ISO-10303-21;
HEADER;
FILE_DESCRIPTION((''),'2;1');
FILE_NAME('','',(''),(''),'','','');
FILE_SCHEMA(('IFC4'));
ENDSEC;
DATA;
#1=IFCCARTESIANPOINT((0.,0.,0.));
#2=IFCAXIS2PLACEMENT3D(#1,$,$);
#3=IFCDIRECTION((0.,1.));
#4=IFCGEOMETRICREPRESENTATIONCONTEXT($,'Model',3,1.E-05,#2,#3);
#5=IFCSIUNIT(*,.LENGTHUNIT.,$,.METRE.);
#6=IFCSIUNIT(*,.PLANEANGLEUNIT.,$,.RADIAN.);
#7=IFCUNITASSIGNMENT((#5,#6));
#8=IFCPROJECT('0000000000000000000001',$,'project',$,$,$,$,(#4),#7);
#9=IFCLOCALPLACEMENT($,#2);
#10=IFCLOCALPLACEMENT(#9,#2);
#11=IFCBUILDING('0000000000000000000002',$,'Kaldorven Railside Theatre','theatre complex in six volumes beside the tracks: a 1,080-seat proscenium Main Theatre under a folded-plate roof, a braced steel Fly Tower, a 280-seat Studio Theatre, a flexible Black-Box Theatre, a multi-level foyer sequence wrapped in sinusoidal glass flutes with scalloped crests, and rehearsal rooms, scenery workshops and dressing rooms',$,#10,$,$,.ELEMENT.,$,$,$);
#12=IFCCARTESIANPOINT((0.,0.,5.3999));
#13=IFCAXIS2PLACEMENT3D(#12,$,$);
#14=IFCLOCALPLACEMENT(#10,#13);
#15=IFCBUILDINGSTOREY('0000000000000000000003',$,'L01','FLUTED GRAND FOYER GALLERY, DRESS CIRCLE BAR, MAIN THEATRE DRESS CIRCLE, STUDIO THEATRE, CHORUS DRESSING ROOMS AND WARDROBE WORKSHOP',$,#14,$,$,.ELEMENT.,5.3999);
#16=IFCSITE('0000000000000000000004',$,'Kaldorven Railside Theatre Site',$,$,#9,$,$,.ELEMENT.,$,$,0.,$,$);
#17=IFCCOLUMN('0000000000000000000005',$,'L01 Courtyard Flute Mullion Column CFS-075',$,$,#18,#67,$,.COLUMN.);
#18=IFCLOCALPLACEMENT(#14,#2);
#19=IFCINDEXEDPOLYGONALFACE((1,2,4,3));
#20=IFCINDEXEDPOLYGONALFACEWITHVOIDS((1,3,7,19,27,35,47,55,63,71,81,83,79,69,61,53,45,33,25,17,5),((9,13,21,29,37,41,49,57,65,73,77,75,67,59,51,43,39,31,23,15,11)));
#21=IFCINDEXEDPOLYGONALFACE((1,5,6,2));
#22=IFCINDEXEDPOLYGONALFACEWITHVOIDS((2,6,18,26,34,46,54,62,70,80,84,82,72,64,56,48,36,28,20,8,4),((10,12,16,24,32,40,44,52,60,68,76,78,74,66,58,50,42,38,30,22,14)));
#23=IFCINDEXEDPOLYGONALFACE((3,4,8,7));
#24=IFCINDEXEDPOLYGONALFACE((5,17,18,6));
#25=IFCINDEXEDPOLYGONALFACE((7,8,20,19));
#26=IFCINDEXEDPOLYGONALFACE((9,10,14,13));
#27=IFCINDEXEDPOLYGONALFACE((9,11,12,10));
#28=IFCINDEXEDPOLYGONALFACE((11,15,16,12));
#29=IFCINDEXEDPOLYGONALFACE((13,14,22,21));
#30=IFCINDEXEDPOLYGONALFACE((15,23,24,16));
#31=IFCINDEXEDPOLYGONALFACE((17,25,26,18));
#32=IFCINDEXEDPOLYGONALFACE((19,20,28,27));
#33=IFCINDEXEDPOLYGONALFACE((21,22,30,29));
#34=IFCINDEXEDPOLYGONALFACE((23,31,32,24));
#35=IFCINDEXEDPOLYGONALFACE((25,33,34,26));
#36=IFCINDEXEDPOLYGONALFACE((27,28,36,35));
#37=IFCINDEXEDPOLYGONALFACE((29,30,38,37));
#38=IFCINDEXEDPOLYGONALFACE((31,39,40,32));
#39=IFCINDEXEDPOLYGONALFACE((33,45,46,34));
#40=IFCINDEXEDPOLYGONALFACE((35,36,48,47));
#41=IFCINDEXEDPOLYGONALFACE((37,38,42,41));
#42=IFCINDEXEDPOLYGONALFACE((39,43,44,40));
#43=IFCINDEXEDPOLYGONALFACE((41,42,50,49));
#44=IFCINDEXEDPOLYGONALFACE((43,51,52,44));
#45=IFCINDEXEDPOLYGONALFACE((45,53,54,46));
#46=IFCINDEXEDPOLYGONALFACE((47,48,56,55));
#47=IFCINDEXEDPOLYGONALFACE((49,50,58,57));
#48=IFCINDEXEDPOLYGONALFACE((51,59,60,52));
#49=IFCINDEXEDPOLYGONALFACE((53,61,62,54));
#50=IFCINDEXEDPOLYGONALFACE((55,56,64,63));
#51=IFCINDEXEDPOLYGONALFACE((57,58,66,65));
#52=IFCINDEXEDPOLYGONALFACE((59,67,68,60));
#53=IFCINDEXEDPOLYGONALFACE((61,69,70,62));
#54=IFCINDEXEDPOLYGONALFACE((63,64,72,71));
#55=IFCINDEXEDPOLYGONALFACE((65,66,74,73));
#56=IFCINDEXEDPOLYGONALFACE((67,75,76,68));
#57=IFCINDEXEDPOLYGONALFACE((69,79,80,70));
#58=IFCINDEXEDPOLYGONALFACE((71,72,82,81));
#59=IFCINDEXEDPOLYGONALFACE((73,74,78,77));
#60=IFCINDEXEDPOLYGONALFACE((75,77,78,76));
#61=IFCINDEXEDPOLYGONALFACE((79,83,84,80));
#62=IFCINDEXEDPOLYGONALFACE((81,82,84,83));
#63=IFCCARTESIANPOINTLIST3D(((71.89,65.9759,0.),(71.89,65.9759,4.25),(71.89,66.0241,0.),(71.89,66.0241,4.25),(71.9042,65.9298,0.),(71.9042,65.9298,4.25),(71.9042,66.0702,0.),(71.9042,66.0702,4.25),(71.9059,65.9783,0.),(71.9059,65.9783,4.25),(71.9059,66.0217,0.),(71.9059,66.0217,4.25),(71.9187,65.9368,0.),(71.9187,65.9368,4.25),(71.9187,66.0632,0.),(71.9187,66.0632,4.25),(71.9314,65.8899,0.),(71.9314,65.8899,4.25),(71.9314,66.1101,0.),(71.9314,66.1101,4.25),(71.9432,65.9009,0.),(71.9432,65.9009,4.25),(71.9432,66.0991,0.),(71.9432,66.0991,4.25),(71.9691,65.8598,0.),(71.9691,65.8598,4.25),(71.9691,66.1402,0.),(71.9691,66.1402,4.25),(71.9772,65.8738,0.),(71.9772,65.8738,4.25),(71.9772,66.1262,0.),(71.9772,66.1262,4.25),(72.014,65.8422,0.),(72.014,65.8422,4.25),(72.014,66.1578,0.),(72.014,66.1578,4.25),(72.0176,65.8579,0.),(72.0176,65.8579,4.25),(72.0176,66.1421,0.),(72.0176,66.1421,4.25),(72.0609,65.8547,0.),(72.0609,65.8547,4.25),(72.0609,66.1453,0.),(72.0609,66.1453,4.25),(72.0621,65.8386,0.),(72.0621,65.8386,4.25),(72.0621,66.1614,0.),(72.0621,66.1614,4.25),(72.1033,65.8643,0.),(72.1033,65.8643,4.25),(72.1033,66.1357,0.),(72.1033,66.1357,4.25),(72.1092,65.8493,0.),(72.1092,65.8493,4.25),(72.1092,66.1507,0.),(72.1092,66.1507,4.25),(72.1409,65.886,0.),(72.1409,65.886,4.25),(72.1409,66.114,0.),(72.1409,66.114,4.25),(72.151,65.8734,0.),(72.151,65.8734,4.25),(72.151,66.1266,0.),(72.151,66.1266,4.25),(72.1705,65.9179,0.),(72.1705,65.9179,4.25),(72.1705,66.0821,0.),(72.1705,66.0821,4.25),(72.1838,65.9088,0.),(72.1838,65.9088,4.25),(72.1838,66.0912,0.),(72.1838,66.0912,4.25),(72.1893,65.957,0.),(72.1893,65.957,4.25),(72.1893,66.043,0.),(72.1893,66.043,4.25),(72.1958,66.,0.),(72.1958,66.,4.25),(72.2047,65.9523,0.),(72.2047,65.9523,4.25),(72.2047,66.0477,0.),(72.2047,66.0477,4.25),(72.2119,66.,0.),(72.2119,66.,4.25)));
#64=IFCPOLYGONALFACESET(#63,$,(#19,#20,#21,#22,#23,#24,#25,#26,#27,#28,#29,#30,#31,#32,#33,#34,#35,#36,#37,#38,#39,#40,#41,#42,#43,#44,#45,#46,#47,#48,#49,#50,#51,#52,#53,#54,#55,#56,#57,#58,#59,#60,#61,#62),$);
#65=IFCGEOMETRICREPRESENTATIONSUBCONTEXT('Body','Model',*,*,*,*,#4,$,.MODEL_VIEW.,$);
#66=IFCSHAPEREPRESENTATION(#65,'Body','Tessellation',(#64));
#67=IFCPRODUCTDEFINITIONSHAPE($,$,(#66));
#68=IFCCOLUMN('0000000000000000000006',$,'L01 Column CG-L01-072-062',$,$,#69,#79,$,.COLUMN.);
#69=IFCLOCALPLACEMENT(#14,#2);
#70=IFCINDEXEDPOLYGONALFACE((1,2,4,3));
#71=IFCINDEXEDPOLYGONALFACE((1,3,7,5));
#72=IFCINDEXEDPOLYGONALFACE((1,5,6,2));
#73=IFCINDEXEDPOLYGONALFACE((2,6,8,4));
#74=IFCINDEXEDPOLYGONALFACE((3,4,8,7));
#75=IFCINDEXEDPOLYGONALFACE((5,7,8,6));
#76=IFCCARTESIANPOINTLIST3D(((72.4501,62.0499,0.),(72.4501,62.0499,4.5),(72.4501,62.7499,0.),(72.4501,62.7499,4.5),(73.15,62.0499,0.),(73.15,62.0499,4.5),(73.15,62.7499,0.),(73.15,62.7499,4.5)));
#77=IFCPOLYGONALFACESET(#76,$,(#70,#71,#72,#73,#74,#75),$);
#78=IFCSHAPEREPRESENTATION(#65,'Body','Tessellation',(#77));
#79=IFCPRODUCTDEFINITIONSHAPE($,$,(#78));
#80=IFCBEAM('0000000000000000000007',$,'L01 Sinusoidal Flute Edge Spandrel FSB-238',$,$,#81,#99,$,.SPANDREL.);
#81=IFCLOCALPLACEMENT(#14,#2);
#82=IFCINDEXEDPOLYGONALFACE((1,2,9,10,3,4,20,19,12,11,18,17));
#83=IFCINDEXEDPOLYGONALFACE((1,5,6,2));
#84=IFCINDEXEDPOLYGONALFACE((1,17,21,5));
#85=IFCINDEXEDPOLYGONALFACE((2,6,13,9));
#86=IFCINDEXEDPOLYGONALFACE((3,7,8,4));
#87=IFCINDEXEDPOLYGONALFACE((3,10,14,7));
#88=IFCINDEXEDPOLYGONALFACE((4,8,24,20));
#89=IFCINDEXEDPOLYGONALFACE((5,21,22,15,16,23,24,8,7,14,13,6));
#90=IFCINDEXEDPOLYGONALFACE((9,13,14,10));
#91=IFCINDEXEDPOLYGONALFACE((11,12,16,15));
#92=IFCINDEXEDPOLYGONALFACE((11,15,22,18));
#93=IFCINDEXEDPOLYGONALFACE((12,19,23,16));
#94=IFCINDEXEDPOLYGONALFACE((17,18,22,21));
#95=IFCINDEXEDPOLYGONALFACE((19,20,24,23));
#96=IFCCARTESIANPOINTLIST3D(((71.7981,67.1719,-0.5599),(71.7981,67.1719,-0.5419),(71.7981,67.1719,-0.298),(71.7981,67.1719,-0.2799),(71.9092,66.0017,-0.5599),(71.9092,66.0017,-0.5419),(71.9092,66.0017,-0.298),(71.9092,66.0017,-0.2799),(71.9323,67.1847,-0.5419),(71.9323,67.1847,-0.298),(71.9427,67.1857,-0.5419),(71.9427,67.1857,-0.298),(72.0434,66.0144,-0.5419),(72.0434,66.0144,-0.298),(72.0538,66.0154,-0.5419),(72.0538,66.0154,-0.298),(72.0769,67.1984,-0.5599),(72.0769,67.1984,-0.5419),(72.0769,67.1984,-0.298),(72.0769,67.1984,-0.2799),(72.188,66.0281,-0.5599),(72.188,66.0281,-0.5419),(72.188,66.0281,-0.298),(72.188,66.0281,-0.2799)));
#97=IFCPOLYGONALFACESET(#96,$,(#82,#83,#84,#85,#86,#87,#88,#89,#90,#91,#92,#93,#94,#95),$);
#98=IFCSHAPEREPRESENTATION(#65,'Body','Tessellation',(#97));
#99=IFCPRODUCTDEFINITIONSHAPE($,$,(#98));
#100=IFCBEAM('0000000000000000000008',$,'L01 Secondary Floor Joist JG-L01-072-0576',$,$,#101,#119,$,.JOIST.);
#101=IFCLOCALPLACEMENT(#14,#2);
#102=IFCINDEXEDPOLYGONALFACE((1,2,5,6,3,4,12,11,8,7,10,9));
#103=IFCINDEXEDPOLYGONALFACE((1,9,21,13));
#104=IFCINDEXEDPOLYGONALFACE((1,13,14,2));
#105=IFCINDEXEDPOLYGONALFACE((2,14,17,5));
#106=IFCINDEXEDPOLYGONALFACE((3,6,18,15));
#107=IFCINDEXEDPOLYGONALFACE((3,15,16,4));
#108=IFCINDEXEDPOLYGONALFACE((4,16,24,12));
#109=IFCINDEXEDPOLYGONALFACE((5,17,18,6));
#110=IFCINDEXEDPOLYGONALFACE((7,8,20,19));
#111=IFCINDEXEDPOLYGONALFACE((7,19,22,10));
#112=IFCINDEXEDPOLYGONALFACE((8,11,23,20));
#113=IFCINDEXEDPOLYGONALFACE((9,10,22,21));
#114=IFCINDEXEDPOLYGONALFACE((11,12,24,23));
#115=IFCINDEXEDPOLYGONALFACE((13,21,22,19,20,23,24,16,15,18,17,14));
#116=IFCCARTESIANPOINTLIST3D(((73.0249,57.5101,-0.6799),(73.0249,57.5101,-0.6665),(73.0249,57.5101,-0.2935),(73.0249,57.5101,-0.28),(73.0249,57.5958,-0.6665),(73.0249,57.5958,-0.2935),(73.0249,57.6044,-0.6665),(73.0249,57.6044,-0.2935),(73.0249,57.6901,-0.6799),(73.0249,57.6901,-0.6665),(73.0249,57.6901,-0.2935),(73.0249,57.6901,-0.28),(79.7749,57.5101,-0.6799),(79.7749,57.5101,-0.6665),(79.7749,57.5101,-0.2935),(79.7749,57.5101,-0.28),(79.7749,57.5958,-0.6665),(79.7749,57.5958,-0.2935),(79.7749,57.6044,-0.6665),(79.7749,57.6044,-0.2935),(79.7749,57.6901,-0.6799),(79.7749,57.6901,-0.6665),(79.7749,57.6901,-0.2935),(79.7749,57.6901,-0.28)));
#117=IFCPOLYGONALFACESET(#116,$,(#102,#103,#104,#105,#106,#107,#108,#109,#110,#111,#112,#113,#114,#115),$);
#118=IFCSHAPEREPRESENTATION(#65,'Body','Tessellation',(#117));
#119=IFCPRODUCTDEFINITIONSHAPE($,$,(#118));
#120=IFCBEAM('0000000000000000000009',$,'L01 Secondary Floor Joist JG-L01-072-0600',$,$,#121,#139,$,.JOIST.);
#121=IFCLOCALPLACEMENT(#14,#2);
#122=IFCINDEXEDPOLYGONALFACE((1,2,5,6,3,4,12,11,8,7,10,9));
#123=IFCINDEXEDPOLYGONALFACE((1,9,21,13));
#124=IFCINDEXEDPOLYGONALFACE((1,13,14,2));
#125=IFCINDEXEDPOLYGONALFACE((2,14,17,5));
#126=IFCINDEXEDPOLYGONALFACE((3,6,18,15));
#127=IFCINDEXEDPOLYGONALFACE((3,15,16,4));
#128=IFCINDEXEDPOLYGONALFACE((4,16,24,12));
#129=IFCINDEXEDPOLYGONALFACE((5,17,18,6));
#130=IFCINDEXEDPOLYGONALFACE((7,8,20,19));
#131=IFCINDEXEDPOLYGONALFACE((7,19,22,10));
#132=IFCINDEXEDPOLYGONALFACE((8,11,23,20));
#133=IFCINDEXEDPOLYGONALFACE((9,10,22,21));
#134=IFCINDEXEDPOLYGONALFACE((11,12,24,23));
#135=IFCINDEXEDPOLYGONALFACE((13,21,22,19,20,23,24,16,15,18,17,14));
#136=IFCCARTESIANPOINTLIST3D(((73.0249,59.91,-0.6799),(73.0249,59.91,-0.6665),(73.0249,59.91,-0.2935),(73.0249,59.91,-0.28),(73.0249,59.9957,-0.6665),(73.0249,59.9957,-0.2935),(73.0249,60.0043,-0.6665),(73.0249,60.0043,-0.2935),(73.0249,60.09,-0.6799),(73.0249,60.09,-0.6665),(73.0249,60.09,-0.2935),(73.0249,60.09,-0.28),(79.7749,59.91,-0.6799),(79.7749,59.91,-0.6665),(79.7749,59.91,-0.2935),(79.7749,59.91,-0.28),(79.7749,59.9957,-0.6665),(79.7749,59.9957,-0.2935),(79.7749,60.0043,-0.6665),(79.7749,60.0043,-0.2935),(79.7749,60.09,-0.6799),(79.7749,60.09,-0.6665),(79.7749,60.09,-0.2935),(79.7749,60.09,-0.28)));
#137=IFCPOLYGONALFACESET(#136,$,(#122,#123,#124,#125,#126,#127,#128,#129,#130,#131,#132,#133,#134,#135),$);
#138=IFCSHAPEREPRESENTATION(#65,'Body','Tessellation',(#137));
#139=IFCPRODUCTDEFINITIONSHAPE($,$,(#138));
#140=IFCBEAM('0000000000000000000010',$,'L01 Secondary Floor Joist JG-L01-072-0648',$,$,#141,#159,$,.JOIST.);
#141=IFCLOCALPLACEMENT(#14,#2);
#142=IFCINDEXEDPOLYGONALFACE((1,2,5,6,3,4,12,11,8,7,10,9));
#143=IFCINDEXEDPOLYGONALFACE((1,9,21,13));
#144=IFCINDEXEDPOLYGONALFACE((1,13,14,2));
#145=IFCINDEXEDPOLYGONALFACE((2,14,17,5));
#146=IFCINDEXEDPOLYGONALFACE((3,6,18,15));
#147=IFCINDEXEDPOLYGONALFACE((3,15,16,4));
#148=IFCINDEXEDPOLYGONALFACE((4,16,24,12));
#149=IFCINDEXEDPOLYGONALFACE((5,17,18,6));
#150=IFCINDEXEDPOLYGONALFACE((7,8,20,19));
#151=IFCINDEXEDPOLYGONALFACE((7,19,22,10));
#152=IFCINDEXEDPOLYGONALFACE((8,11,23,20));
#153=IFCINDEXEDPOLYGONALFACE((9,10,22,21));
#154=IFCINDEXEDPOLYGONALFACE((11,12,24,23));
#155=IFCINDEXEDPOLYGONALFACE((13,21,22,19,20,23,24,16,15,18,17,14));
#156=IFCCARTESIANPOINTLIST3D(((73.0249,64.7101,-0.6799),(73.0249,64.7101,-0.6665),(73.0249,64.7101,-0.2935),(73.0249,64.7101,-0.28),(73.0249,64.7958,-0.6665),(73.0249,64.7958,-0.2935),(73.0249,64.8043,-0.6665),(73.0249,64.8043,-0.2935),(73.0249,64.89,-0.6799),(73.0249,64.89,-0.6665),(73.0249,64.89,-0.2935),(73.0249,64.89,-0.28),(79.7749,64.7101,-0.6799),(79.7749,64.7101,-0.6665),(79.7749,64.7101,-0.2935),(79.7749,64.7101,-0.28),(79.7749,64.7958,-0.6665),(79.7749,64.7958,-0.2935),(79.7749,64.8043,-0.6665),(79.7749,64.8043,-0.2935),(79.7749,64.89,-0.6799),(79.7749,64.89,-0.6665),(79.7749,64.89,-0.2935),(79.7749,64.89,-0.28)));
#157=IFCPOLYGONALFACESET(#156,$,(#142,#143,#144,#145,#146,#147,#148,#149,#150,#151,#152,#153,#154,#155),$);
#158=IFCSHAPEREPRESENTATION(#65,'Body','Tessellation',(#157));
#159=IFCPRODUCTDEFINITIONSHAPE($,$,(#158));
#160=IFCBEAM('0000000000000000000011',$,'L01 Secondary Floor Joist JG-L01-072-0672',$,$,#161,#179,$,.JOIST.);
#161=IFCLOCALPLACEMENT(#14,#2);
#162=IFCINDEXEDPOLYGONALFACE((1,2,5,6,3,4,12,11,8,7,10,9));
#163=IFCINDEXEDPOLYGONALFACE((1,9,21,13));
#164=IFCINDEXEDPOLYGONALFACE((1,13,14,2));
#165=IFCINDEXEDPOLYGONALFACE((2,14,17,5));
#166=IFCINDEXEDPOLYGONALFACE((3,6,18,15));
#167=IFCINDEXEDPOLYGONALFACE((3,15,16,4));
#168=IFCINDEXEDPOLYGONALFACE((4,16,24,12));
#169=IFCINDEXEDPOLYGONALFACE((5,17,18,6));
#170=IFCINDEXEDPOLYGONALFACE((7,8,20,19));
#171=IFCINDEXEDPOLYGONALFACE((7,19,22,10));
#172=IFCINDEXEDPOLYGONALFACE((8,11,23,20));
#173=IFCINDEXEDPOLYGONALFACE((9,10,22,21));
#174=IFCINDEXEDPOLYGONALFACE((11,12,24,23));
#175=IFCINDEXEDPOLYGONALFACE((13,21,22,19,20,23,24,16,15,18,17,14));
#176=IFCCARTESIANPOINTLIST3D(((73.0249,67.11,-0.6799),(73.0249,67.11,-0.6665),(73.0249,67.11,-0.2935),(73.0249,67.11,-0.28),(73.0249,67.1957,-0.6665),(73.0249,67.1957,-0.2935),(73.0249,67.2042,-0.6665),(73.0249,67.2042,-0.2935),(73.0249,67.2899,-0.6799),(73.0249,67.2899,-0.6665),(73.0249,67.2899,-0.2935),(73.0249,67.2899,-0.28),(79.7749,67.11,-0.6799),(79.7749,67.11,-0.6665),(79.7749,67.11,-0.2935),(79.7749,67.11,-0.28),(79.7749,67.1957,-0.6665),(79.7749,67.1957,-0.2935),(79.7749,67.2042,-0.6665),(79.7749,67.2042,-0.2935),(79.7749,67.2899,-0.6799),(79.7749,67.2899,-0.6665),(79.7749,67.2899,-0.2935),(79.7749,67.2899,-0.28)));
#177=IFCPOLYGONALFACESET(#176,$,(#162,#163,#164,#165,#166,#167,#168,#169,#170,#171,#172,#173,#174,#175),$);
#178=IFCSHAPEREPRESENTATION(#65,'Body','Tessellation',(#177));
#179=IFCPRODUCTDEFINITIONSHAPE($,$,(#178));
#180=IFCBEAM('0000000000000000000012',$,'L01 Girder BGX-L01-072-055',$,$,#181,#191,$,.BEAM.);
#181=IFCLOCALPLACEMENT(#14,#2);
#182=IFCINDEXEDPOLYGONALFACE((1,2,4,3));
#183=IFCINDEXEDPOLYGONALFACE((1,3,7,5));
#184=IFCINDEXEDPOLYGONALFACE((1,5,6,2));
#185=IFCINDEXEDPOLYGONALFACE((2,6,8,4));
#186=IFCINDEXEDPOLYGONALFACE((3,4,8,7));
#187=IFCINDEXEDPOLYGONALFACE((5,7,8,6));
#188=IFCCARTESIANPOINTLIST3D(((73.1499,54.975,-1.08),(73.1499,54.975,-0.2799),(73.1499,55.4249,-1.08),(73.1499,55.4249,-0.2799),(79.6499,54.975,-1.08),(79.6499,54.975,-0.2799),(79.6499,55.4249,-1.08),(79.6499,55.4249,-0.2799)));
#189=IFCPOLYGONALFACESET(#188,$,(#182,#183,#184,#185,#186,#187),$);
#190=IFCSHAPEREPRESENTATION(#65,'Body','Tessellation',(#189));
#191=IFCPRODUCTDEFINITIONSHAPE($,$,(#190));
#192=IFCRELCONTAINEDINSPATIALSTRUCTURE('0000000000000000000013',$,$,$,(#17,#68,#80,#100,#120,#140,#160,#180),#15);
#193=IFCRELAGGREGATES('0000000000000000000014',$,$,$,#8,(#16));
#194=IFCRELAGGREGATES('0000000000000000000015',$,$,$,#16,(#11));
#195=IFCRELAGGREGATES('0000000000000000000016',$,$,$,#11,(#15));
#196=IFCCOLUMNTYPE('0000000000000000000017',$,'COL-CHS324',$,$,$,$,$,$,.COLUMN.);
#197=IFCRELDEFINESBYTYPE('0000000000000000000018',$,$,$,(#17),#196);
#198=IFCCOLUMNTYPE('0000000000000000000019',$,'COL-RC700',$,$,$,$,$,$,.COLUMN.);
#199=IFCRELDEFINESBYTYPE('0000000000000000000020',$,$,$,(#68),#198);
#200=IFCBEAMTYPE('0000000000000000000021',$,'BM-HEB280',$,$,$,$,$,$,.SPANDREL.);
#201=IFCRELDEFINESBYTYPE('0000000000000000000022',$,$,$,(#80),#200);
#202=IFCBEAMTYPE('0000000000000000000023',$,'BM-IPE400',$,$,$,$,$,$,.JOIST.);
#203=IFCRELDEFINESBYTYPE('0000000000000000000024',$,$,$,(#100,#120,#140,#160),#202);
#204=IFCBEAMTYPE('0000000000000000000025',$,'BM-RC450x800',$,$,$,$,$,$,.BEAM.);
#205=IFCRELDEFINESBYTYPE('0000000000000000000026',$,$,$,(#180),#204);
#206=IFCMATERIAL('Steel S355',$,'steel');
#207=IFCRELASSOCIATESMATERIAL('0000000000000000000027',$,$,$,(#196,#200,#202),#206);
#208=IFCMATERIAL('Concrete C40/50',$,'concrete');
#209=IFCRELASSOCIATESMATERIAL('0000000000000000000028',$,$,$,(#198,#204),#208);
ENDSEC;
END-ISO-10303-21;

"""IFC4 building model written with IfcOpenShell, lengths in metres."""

from ifc_helpers import new_model, si_unit, direction, frame, origin, origin_2d, place, context, subcontext, project, spatial, rectangle, hollow_circle, i_section, extrude, material, material_profile, profile_set, type_object, element, save


model = new_model("IFC4")

# Units and contexts
model_context = context("Model", 3, precision=1e-05, world=origin(), true_north=direction((0.0, 1.0)))
body_context = subcontext(model_context, "Body", "Model", "MODEL_VIEW")
ifc_project = project(units=[si_unit("LENGTHUNIT", "METRE"), si_unit("PLANEANGLEUNIT", "RADIAN")], contexts=[model_context])

# Site, building, storey
site_placement = place(None, origin())
site = spatial("IfcSite", under=ifc_project, at=site_placement, Name="Kaldorven Railside Theatre Site", CompositionType="ELEMENT", RefElevation=0.0)
building_placement = place(site_placement, origin())
building = spatial("IfcBuilding", under=site, at=building_placement, Name="Kaldorven Railside Theatre", Description="theatre complex in six volumes beside the tracks: a 1,080-seat proscenium Main Theatre under a folded-plate roof, a braced steel Fly Tower, a 280-seat Studio Theatre, a flexible Black-Box Theatre, a multi-level foyer sequence wrapped in sinusoidal glass flutes with scalloped crests, and rehearsal rooms, scenery workshops and dressing rooms", CompositionType="ELEMENT")
storey_placement = place(building_placement, frame((0.0, 0.0, 5.3999)))
storey = spatial("IfcBuildingStorey", under=building, at=storey_placement, Name="L01", Description="FLUTED GRAND FOYER GALLERY, DRESS CIRCLE BAR, MAIN THEATRE DRESS CIRCLE, STUDIO THEATRE, CHORUS DRESSING ROOMS AND WARDROBE WORKSHOP", CompositionType="ELEMENT", Elevation=5.3999)

# Columns
ifc_material_1 = material(Name="Steel S355", Category="steel")
ifc_material_profile_1 = material_profile(ifc_material_1, hollow_circle(Radius=0.1619, WallThickness=0.0161, at=origin_2d()), Name="CHS 323.9x16")
ifc_profile_set_1 = profile_set([ifc_material_profile_1], Name="Steel S355")
column_type_1 = type_object("IfcColumnType", Name="COL-CHS324", PredefinedType="COLUMN", material=ifc_profile_set_1)
column_1_placement = place(storey_placement, frame((72.05, 66.0, 0.0), z_axis=(0.0, 0.0, 1.0), x_axis=(1.0, 0.0, 0.0)))
element("IfcColumn", 1, at=column_1_placement, inside=storey, type_object=column_type_1, Name="L01 Courtyard Flute Mullion Column CFS-075", PredefinedType="COLUMN", context=body_context, shape_type="SweptSolid", body=[
    extrude(hollow_circle(Radius=0.1619, WallThickness=0.0161, at=origin_2d()), origin(), (0.0, 0.0, 1.0), 4.25),
])
ifc_material_2 = material(Name="Concrete C40/50", Category="concrete")
ifc_material_profile_2 = material_profile(ifc_material_2, rectangle(XDim=0.7, YDim=0.7, at=origin_2d()), Name="RC 700x700")
ifc_profile_set_2 = profile_set([ifc_material_profile_2], Name="Concrete C40/50")
column_type_2 = type_object("IfcColumnType", Name="COL-RC700", PredefinedType="COLUMN", material=ifc_profile_set_2)
column_2_placement = place(storey_placement, frame((72.8, 62.3999, 0.0), z_axis=(0.0, 0.0, 1.0), x_axis=(0.0, 1.0, 0.0)))
element("IfcColumn", 2, at=column_2_placement, inside=storey, type_object=column_type_2, Name="L01 Column CG-L01-072-062", PredefinedType="COLUMN", context=body_context, shape_type="SweptSolid", body=[
    extrude(rectangle(XDim=0.7, YDim=0.7, at=origin_2d()), origin(), (0.0, 0.0, 1.0), 4.5),
])

# Beams
ifc_material_profile_3 = material_profile(ifc_material_1, i_section(OverallWidth=0.28, OverallDepth=0.28, WebThickness=0.0105, FlangeThickness=0.0181, at=origin_2d()), Name="HEB 280")
ifc_profile_set_3 = profile_set([ifc_material_profile_3], Name="Steel S355")
beam_type_1 = type_object("IfcBeamType", Name="BM-HEB280", PredefinedType="SPANDREL", material=ifc_profile_set_3)
beam_placement = place(storey_placement, frame((72.0486, 66.0149, -0.4199), z_axis=(-0.094505, 0.995524, 0.0), x_axis=(-0.995524, -0.094505, 0.0)))
element("IfcBeam", 3, at=beam_placement, inside=storey, type_object=beam_type_1, Name="L01 Sinusoidal Flute Edge Spandrel FSB-238", PredefinedType="SPANDREL", context=body_context, shape_type="SweptSolid", body=[
    extrude(i_section(OverallWidth=0.28, OverallDepth=0.28, WebThickness=0.0105, FlangeThickness=0.0181, at=origin_2d()), origin(), (0.0, 0.0, 1.0), 1.1755),
])
ifc_material_profile_4 = material_profile(ifc_material_1, i_section(OverallWidth=0.1799, OverallDepth=0.3999, WebThickness=0.0085, FlangeThickness=0.0134, at=origin_2d()), Name="IPE 400")
ifc_profile_set_4 = profile_set([ifc_material_profile_4], Name="Steel S355")
beam_type_2 = type_object("IfcBeamType", Name="BM-IPE400", PredefinedType="JOIST", material=ifc_profile_set_4)
for number, where, z_axis, x_axis, name in (
    (4, (73.0249, 57.6001, -0.48), (1.0, 0.0, 0.0), (0.0, 1.0, 0.0), "L01 Secondary Floor Joist JG-L01-072-0576"),
    (5, (73.0249, 60.0, -0.48), (1.0, 0.0, 0.0), (0.0, 1.0, 0.0), "L01 Secondary Floor Joist JG-L01-072-0600"),
    (6, (73.0249, 64.8, -0.48), (1.0, 0.0, 0.0), (0.0, 1.0, 0.0), "L01 Secondary Floor Joist JG-L01-072-0648"),
    (7, (73.0249, 67.2, -0.48), (1.0, 0.0, 0.0), (0.0, 1.0, 0.0), "L01 Secondary Floor Joist JG-L01-072-0672"),
):
    element("IfcBeam", number, at=place(storey_placement, frame(where, z_axis=z_axis, x_axis=x_axis)), inside=storey, type_object=beam_type_2, Name=name, PredefinedType="JOIST", context=body_context, shape_type="SweptSolid", body=[
        extrude(i_section(OverallWidth=0.1799, OverallDepth=0.3999, WebThickness=0.0085, FlangeThickness=0.0134, at=origin_2d()), origin(), (0.0, 0.0, 1.0), 6.75),
    ])
ifc_material_profile_5 = material_profile(ifc_material_2, rectangle(XDim=0.45, YDim=0.8, at=origin_2d()), Name="RC 450x800")
ifc_profile_set_5 = profile_set([ifc_material_profile_5], Name="Concrete C40/50")
beam_type_3 = type_object("IfcBeamType", Name="BM-RC450x800", PredefinedType="BEAM", material=ifc_profile_set_5)
for number, where, z_axis, x_axis, name in (
    (8, (73.1499, 55.2, -0.6799), (1.0, 0.0, 0.0), (0.0, 1.0, 0.0), "L01 Girder BGX-L01-072-055"),
):
    element("IfcBeam", number, at=place(storey_placement, frame(where, z_axis=z_axis, x_axis=x_axis)), inside=storey, type_object=beam_type_3, Name=name, PredefinedType="BEAM", context=body_context, shape_type="SweptSolid", body=[
        extrude(rectangle(XDim=0.45, YDim=0.8, at=origin_2d()), origin(), (0.0, 0.0, 1.0), 6.5),
    ])

save(model, "model.ifc")
